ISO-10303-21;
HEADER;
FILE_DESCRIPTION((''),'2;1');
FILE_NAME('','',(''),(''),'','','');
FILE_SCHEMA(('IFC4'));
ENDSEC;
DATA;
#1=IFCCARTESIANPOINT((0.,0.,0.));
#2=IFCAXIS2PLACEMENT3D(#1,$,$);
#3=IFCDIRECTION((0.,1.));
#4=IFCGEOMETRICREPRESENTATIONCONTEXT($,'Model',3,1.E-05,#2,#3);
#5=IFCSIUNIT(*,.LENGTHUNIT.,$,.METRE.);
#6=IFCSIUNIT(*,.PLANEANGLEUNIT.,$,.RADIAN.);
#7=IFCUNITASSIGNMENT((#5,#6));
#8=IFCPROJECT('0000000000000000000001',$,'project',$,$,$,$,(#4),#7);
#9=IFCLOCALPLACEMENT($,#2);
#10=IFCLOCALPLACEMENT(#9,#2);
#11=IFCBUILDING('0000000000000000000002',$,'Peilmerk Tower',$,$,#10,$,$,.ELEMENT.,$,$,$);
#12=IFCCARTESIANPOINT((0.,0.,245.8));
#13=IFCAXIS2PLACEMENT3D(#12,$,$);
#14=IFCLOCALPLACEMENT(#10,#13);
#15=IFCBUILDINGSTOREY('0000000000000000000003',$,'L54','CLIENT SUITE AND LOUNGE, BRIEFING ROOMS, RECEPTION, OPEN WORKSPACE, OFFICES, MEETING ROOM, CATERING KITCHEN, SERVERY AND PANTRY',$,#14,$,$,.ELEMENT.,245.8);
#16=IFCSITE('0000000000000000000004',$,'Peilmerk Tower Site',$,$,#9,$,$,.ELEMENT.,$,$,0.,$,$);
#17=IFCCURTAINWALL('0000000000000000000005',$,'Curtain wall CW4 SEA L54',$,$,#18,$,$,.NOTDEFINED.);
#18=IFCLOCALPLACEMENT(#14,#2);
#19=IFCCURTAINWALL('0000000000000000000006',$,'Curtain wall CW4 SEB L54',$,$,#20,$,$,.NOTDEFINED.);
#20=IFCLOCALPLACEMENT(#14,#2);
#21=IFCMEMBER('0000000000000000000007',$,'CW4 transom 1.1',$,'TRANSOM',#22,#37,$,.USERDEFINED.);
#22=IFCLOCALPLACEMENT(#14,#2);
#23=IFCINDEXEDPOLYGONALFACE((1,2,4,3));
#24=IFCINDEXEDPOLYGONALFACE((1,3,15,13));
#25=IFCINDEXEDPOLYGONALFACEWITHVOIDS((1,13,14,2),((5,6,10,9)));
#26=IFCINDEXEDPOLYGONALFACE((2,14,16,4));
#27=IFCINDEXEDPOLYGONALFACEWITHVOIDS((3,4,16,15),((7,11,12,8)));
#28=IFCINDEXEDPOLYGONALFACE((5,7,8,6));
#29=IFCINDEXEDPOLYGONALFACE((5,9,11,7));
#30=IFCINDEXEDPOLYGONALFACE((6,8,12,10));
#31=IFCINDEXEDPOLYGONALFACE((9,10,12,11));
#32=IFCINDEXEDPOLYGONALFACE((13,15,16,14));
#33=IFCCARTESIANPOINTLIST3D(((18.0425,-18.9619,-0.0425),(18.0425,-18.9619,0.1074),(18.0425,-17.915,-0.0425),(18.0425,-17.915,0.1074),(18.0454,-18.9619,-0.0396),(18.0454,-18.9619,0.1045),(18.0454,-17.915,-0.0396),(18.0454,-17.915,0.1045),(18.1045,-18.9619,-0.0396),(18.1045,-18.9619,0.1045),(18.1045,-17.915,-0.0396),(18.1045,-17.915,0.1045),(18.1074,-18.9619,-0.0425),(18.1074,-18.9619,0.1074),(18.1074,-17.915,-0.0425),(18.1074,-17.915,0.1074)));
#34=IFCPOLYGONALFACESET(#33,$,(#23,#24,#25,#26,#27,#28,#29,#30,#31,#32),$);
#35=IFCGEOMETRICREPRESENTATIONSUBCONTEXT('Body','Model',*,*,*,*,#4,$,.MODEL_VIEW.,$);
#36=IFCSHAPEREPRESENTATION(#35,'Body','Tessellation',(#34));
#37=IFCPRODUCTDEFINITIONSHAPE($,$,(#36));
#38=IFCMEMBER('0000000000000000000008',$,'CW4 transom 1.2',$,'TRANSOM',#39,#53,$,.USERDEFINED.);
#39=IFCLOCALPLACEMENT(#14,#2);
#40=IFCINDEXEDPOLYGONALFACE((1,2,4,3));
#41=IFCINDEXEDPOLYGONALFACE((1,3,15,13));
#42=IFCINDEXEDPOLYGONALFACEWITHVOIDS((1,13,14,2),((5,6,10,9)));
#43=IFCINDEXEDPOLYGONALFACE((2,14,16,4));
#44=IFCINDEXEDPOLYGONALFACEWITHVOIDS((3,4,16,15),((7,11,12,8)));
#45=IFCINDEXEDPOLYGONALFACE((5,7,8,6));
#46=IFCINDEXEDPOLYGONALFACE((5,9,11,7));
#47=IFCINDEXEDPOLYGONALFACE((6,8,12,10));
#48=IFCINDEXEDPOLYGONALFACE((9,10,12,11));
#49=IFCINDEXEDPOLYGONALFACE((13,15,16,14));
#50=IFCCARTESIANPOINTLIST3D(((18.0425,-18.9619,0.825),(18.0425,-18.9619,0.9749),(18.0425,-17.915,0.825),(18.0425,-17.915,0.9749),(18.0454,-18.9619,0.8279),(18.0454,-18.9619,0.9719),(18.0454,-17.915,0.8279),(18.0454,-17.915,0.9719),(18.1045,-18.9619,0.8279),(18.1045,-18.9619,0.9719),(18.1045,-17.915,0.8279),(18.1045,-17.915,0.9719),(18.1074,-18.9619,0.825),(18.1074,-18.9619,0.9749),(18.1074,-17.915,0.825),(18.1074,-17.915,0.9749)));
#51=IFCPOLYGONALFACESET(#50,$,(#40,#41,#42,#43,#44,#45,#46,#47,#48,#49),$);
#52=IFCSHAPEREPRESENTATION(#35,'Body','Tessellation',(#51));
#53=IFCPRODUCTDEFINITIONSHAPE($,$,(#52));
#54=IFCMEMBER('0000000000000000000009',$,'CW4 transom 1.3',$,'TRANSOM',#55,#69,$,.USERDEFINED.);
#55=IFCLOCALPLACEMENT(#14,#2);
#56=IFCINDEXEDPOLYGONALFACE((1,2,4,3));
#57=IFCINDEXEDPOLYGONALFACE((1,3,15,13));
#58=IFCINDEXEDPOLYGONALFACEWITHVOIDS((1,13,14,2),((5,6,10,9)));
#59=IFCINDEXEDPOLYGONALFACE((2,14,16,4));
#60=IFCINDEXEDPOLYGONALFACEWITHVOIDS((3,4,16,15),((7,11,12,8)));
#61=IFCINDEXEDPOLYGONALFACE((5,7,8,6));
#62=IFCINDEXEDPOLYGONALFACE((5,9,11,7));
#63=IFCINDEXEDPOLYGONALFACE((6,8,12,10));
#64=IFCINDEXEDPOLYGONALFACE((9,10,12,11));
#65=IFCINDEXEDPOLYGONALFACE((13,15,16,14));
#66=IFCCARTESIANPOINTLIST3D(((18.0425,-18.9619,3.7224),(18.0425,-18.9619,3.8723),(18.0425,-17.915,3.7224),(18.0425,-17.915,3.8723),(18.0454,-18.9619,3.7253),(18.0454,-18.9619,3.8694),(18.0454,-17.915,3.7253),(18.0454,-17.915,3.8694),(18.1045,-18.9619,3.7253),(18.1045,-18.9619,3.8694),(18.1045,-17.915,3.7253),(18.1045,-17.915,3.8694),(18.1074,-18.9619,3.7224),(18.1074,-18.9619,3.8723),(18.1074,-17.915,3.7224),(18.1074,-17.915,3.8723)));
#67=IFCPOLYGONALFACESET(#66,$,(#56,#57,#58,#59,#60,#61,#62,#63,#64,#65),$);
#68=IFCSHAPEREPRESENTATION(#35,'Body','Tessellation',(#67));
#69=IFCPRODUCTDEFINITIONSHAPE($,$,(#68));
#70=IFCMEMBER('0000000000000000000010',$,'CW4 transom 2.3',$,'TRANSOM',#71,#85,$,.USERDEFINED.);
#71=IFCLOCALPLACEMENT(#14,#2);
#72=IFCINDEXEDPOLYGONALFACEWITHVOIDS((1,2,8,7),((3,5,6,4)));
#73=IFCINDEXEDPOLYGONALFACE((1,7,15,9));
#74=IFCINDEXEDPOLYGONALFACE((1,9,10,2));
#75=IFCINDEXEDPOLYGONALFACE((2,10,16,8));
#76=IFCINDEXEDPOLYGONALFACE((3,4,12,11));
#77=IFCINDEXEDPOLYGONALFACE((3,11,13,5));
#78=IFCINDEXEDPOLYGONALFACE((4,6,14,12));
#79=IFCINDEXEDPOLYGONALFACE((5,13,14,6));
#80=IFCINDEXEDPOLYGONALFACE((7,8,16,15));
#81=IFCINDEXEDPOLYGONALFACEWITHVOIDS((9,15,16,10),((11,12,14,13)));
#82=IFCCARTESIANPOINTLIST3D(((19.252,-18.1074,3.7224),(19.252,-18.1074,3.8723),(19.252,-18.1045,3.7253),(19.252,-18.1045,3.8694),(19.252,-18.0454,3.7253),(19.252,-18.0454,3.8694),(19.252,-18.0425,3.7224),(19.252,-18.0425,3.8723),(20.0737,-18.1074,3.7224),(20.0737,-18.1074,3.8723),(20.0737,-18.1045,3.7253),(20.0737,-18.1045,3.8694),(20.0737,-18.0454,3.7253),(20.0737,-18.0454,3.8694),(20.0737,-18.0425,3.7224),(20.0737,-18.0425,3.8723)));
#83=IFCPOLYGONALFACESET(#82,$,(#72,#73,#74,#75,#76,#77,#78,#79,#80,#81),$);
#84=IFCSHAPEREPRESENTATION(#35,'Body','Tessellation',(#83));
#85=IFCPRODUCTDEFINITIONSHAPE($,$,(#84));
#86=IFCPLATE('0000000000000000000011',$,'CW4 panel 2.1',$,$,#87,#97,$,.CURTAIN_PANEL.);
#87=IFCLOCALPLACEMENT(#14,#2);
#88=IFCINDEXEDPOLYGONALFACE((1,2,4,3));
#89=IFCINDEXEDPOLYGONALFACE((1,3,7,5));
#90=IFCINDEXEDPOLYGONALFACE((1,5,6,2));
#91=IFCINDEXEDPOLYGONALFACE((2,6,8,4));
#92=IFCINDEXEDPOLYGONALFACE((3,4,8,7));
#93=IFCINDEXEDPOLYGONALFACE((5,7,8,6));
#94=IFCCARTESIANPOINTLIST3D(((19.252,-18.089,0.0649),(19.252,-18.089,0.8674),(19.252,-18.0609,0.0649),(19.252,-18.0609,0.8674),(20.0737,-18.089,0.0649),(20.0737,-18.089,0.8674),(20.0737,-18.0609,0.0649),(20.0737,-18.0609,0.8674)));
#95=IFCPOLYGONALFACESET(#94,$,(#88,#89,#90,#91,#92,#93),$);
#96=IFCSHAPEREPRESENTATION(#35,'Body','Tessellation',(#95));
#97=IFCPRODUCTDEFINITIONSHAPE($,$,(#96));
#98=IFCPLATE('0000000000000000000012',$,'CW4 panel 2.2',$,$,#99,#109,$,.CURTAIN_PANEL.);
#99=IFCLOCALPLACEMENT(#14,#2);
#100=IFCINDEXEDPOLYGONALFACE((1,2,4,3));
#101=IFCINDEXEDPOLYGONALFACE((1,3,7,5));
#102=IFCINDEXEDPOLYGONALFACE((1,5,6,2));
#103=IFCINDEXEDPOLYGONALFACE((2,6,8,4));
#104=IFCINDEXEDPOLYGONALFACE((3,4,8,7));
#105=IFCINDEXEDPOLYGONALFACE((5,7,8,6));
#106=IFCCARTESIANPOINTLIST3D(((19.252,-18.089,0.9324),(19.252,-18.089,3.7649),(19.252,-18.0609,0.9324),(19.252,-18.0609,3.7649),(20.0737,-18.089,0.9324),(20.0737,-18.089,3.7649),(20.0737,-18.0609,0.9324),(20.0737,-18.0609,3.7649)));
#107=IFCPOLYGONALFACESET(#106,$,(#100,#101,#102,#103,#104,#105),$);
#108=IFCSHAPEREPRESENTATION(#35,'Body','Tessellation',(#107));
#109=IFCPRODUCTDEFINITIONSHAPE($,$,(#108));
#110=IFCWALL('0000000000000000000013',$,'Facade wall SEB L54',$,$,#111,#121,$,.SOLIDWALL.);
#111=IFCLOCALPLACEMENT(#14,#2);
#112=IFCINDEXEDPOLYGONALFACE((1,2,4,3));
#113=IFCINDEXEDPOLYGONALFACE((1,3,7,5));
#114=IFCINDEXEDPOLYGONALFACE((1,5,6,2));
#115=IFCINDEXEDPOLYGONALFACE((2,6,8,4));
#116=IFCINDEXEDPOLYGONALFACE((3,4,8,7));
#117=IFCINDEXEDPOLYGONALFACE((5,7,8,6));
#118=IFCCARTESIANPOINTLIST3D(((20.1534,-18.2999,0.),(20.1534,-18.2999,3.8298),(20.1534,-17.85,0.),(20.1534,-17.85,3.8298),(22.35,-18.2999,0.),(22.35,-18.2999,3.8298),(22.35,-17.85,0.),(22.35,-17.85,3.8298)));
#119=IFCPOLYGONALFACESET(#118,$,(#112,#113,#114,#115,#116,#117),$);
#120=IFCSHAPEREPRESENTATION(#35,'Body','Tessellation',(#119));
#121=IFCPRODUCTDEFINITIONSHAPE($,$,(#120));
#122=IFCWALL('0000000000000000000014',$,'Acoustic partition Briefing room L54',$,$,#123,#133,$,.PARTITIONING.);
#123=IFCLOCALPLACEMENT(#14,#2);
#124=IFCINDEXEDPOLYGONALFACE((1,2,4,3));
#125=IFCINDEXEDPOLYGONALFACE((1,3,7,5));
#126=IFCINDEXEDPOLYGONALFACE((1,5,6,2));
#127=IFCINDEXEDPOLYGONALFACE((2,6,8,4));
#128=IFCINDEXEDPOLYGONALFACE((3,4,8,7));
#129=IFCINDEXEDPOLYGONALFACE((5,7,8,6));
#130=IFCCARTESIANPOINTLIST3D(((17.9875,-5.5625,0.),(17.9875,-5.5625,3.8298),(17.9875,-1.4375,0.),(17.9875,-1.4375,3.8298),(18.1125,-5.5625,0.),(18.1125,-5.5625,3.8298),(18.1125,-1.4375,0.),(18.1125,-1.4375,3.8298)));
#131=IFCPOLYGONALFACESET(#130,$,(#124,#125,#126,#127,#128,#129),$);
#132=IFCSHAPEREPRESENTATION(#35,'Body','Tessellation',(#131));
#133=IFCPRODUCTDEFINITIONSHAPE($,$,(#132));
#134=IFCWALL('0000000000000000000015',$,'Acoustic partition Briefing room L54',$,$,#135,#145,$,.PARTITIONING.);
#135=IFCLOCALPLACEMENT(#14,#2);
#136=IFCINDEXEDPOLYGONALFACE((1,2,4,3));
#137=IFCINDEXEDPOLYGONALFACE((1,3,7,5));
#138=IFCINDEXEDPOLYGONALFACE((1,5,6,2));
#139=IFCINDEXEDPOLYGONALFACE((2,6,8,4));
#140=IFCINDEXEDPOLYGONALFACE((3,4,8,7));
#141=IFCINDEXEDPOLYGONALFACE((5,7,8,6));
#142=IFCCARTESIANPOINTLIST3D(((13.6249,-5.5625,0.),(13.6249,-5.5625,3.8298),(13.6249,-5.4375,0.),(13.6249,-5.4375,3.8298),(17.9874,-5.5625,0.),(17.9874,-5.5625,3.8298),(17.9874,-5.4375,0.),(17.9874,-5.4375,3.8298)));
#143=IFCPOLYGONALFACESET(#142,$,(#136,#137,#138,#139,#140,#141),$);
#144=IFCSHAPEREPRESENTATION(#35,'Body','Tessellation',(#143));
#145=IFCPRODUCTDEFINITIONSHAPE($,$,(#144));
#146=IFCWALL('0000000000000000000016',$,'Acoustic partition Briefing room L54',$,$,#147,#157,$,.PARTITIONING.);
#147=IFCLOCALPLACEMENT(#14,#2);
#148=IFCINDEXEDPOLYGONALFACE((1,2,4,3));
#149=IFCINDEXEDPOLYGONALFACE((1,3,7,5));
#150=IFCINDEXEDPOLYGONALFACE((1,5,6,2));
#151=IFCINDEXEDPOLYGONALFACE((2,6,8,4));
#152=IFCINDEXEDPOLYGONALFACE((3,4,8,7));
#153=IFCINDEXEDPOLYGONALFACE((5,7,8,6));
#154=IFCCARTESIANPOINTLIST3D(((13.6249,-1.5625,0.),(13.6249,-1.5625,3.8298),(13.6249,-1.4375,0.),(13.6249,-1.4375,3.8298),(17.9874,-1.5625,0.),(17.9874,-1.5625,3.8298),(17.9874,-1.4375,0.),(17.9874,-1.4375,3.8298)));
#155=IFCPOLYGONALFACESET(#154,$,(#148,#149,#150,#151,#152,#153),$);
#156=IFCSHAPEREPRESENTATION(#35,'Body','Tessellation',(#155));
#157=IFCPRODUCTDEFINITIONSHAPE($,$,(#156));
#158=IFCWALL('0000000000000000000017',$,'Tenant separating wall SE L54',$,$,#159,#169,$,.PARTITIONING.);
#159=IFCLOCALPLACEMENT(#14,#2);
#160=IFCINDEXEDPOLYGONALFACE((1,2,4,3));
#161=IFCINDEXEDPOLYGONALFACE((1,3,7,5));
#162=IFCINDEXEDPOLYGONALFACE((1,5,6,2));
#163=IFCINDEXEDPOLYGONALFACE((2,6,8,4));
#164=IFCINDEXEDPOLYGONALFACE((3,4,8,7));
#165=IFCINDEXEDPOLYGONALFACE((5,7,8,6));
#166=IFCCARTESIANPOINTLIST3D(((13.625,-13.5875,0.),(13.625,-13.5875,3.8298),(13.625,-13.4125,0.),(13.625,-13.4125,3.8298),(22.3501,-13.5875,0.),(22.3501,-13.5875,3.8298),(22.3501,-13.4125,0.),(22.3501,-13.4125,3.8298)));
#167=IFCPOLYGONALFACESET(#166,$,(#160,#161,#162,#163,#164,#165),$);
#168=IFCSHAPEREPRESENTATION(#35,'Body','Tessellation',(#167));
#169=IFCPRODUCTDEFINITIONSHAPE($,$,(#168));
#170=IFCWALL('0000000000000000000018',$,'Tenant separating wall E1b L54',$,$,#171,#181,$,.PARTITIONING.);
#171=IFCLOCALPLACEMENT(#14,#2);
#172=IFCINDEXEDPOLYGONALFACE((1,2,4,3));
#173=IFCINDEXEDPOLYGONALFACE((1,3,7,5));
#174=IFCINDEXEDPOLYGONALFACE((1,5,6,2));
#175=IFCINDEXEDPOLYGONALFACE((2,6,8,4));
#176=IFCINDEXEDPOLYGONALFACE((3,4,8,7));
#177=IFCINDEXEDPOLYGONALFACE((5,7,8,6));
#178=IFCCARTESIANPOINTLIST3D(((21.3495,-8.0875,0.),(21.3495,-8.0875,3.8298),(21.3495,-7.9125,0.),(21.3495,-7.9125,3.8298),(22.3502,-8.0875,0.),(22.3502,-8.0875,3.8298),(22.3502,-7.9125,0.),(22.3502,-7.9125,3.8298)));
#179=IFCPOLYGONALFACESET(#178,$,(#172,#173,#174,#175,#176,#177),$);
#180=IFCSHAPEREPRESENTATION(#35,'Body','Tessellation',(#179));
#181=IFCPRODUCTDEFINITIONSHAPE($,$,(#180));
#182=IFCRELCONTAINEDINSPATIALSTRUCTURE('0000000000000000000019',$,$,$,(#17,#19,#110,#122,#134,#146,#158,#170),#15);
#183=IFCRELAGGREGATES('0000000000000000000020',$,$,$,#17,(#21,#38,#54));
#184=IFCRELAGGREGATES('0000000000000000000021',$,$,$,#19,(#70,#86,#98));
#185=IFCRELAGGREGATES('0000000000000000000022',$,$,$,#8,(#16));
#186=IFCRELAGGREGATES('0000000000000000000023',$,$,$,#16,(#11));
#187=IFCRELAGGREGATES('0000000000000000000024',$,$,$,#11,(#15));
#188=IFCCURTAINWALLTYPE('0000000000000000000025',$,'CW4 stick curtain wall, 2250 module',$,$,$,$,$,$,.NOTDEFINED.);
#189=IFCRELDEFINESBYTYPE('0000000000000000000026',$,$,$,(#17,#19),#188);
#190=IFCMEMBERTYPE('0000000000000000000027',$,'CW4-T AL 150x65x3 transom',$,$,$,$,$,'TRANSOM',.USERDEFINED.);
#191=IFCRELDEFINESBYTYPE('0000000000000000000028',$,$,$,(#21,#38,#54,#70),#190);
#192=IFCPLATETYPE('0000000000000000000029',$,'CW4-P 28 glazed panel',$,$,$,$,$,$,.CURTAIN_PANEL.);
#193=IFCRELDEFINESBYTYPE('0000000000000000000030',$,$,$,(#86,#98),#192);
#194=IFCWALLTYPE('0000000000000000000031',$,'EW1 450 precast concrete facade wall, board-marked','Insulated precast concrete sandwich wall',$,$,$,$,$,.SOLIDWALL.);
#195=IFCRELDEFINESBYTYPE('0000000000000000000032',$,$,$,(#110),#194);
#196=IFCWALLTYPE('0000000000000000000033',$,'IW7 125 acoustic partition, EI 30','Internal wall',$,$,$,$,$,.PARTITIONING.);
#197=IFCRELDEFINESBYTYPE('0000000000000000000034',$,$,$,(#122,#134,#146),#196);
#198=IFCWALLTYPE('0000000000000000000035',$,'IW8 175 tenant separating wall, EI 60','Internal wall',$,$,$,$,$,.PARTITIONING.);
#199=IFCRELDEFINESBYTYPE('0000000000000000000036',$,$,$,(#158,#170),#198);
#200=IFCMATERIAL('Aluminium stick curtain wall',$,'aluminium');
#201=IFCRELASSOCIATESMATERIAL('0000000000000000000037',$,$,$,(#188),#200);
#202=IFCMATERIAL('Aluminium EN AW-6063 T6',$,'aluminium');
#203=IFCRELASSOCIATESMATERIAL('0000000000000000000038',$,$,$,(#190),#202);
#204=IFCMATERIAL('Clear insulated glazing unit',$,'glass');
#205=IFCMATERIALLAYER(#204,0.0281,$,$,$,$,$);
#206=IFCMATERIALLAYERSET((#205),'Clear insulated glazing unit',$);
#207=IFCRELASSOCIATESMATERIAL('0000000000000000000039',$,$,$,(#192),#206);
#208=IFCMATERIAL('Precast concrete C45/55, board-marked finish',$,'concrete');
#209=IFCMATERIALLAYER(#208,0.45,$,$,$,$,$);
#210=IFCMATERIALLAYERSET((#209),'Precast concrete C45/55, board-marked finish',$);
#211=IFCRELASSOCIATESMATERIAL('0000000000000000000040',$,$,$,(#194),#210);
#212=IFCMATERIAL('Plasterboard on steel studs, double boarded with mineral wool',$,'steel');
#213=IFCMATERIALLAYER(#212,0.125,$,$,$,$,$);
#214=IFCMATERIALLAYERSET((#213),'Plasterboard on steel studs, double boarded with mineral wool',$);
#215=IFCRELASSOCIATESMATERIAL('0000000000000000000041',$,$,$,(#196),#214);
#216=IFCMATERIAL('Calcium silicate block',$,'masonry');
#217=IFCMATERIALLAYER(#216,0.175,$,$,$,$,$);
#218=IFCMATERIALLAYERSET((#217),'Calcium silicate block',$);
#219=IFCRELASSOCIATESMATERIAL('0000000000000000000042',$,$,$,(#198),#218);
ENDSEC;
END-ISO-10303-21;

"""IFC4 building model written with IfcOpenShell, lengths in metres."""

from ifc_helpers import new_model, si_unit, direction, frame, frame_2d, origin, origin_2d, place, context, subcontext, project, spatial, rectangle, hollow_rectangle, extrude, material, layer, layer_set, material_profile, profile_set, type_object, element, aggregate, save


model = new_model("IFC4")

# Units and contexts
model_context = context("Model", 3, precision=1e-05, world=origin(), true_north=direction((0.0, 1.0)))
body_context = subcontext(model_context, "Body", "Model", "MODEL_VIEW")
ifc_project = project(units=[si_unit("LENGTHUNIT", "METRE"), si_unit("PLANEANGLEUNIT", "RADIAN")], contexts=[model_context])

# Site, building, storey
site_placement = place(None, origin())
site = spatial("IfcSite", under=ifc_project, at=site_placement, Name="Peilmerk Tower Site", CompositionType="ELEMENT", RefElevation=0.0)
building_placement = place(site_placement, origin())
building = spatial("IfcBuilding", under=site, at=building_placement, Name="Peilmerk Tower", CompositionType="ELEMENT")
storey_placement = place(building_placement, frame((0.0, 0.0, 245.8)))
storey = spatial("IfcBuildingStorey", under=building, at=storey_placement, Name="L54", Description="CLIENT SUITE AND LOUNGE, BRIEFING ROOMS, RECEPTION, OPEN WORKSPACE, OFFICES, MEETING ROOM, CATERING KITCHEN, SERVERY AND PANTRY", CompositionType="ELEMENT", Elevation=245.8)

# Curtain walls
ifc_material_1 = material(Name="Aluminium stick curtain wall", Category="aluminium")
curtain_wall_type = type_object("IfcCurtainWallType", Name="CW4 stick curtain wall, 2250 module", PredefinedType="NOTDEFINED", material=ifc_material_1)
curtain_wall_1_placement = place(storey_placement, origin())
curtain_wall_1 = element("IfcCurtainWall", 1, at=curtain_wall_1_placement, inside=storey, type_object=curtain_wall_type, Name="Curtain wall CW4 SEA L54", PredefinedType="NOTDEFINED")
ifc_material_2 = material(Name="Aluminium EN AW-6063 T6", Category="aluminium")
curtain_wall_2_placement = place(storey_placement, origin())
curtain_wall_2 = element("IfcCurtainWall", 2, at=curtain_wall_2_placement, inside=storey, type_object=curtain_wall_type, Name="Curtain wall CW4 SEB L54", PredefinedType="NOTDEFINED")

# Members
ifc_material_profile_1 = material_profile(ifc_material_2, hollow_rectangle(XDim=0.0649, YDim=0.1499, WallThickness=0.0029, at=origin_2d()), Name="AL 150x65x3")
ifc_profile_set_1 = profile_set([ifc_material_profile_1], Name="Aluminium EN AW-6063 T6")
member_type_1 = type_object("IfcMemberType", Name="CW4-T AL 150x65x3 transom", ElementType="TRANSOM", PredefinedType="USERDEFINED", material=ifc_profile_set_1)
member_1_placement = place(storey_placement, frame((18.075, -17.915, 0.0325), z_axis=(0.0, -1.0, 0.0), x_axis=(1.0, 0.0, 0.0)))
member_1 = element("IfcMember", 3, at=member_1_placement, type_object=member_type_1, Name="CW4 transom 1.1", ObjectType="TRANSOM", PredefinedType="USERDEFINED", context=body_context, shape_type="SweptSolid", body=[
    extrude(hollow_rectangle(XDim=0.0649, YDim=0.1499, WallThickness=0.0029, at=origin_2d()), origin(), (0.0, 0.0, 1.0), 1.0469),
])
member_2_placement = place(storey_placement, frame((18.075, -17.915, 0.8999), z_axis=(0.0, -1.0, 0.0), x_axis=(1.0, 0.0, 0.0)))
member_2 = element("IfcMember", 4, at=member_2_placement, type_object=member_type_1, Name="CW4 transom 1.2", ObjectType="TRANSOM", PredefinedType="USERDEFINED", context=body_context, shape_type="SweptSolid", body=[
    extrude(hollow_rectangle(XDim=0.0649, YDim=0.1499, WallThickness=0.0029, at=origin_2d()), origin(), (0.0, 0.0, 1.0), 1.0469),
])
member_3_placement = place(storey_placement, frame((18.075, -17.915, 3.7974), z_axis=(0.0, -1.0, 0.0), x_axis=(1.0, 0.0, 0.0)))
member_3 = element("IfcMember", 5, at=member_3_placement, type_object=member_type_1, Name="CW4 transom 1.3", ObjectType="TRANSOM", PredefinedType="USERDEFINED", context=body_context, shape_type="SweptSolid", body=[
    extrude(hollow_rectangle(XDim=0.0649, YDim=0.1499, WallThickness=0.0029, at=origin_2d()), origin(), (0.0, 0.0, 1.0), 1.0469),
])
aggregate(curtain_wall_1, [member_1, member_2, member_3])
member_4_placement = place(storey_placement, frame((19.252, -18.075, 3.7974), z_axis=(1.0, 0.0, 0.0), x_axis=(0.0, 1.0, 0.0)))
member_4 = element("IfcMember", 6, at=member_4_placement, type_object=member_type_1, Name="CW4 transom 2.3", ObjectType="TRANSOM", PredefinedType="USERDEFINED", context=body_context, shape_type="SweptSolid", body=[
    extrude(hollow_rectangle(XDim=0.0649, YDim=0.1499, WallThickness=0.0029, at=origin_2d()), origin(), (0.0, 0.0, 1.0), 0.8218),
])

# Plates
ifc_material_3 = material(Name="Clear insulated glazing unit", Category="glass")
ifc_layer_1 = layer(ifc_material_3, 0.0281)
ifc_layer_set_1 = layer_set([ifc_layer_1], Name="Clear insulated glazing unit")
plate_type = type_object("IfcPlateType", Name="CW4-P 28 glazed panel", PredefinedType="CURTAIN_PANEL", material=ifc_layer_set_1)
plate_1_placement = place(storey_placement, frame((19.6628, -18.075, 0.0649), z_axis=(0.0, 0.0, 1.0), x_axis=(1.0, 0.0, 0.0)))
plate_1 = element("IfcPlate", 7, at=plate_1_placement, type_object=plate_type, Name="CW4 panel 2.1", PredefinedType="CURTAIN_PANEL", context=body_context, shape_type="SweptSolid", body=[
    extrude(rectangle(XDim=0.8218, YDim=0.0281, at=origin_2d()), origin(), (0.0, 0.0, 1.0), 0.8025),
])
plate_2_placement = place(storey_placement, frame((19.6628, -18.075, 0.9324), z_axis=(0.0, 0.0, 1.0), x_axis=(1.0, 0.0, 0.0)))
plate_2 = element("IfcPlate", 8, at=plate_2_placement, type_object=plate_type, Name="CW4 panel 2.2", PredefinedType="CURTAIN_PANEL", context=body_context, shape_type="SweptSolid", body=[
    extrude(rectangle(XDim=0.8218, YDim=0.0281, at=origin_2d()), origin(), (0.0, 0.0, 1.0), 2.8325),
])
aggregate(curtain_wall_2, [member_4, plate_1, plate_2])

# Walls
ifc_material_4 = material(Name="Precast concrete C45/55, board-marked finish", Category="concrete")
ifc_layer_2 = layer(ifc_material_4, 0.45)
ifc_layer_set_2 = layer_set([ifc_layer_2], Name="Precast concrete C45/55, board-marked finish")
wall_type_1 = type_object("IfcWallType", Name="EW1 450 precast concrete facade wall, board-marked", Description="Insulated precast concrete sandwich wall", PredefinedType="SOLIDWALL", material=ifc_layer_set_2)
wall_1_placement = place(storey_placement, frame((20.1536, -18.075, 0.0), z_axis=(0.0, 0.0, 1.0), x_axis=(1.0, 0.0, 0.0)))
element("IfcWall", 9, at=wall_1_placement, inside=storey, type_object=wall_type_1, Name="Facade wall SEB L54", PredefinedType="SOLIDWALL", context=body_context, shape_type="SweptSolid", body=[
    extrude(rectangle(XDim=2.1965, YDim=0.45, at=frame_2d((1.0981, 0.0))), origin(), (0.0, 0.0, 1.0), 3.8298),
])
ifc_material_5 = material(Name="Plasterboard on steel studs, double boarded with mineral wool", Category="steel")
ifc_layer_3 = layer(ifc_material_5, 0.125)
ifc_layer_set_3 = layer_set([ifc_layer_3], Name="Plasterboard on steel studs, double boarded with mineral wool")
wall_type_2 = type_object("IfcWallType", Name="IW7 125 acoustic partition, EI 30", Description="Internal wall", PredefinedType="PARTITIONING", material=ifc_layer_set_3)
wall_2_placement = place(storey_placement, frame((18.05, -5.5625, 0.0), z_axis=(0.0, 0.0, 1.0), x_axis=(0.0, 1.0, 0.0)))
element("IfcWall", 10, at=wall_2_placement, inside=storey, type_object=wall_type_2, Name="Acoustic partition Briefing room L54", PredefinedType="PARTITIONING", context=body_context, shape_type="SweptSolid", body=[
    extrude(rectangle(XDim=4.125, YDim=0.125, at=frame_2d((2.0625, 0.0))), origin(), (0.0, 0.0, 1.0), 3.8298),
])
for number, where, z_axis, x_axis, name in (
    (11, (13.625, -5.5, 0.0), (0.0, 0.0, 1.0), (1.0, 0.0, 0.0), "Acoustic partition Briefing room L54"),
    (12, (13.625, -1.5, 0.0), (0.0, 0.0, 1.0), (1.0, 0.0, 0.0), "Acoustic partition Briefing room L54"),
):
    element("IfcWall", number, at=place(storey_placement, frame(where, z_axis=z_axis, x_axis=x_axis)), inside=storey, type_object=wall_type_2, Name=name, PredefinedType="PARTITIONING", context=body_context, shape_type="SweptSolid", body=[
        extrude(rectangle(XDim=4.3625, YDim=0.125, at=frame_2d((2.1812, 0.0))), origin(), (0.0, 0.0, 1.0), 3.8298),
    ])
ifc_material_6 = material(Name="Calcium silicate block", Category="masonry")
ifc_layer_4 = layer(ifc_material_6, 0.175)
ifc_layer_set_4 = layer_set([ifc_layer_4], Name="Calcium silicate block")
wall_type_3 = type_object("IfcWallType", Name="IW8 175 tenant separating wall, EI 60", Description="Internal wall", PredefinedType="PARTITIONING", material=ifc_layer_set_4)
wall_3_placement = place(storey_placement, frame((22.3501, -13.5, 0.0), z_axis=(0.0, 0.0, 1.0), x_axis=(-1.0, 0.0, 0.0)))
element("IfcWall", 13, at=wall_3_placement, inside=storey, type_object=wall_type_3, Name="Tenant separating wall SE L54", PredefinedType="PARTITIONING", context=body_context, shape_type="SweptSolid", body=[
    extrude(rectangle(XDim=8.7251, YDim=0.175, at=frame_2d((4.3625, 0.0))), origin(), (0.0, 0.0, 1.0), 3.8298),
])
wall_4_placement = place(storey_placement, frame((21.3494, -8.0, 0.0), z_axis=(0.0, 0.0, 1.0), x_axis=(1.0, 0.0, 0.0)))
element("IfcWall", 14, at=wall_4_placement, inside=storey, type_object=wall_type_3, Name="Tenant separating wall E1b L54", PredefinedType="PARTITIONING", context=body_context, shape_type="SweptSolid", body=[
    extrude(rectangle(XDim=1.0007, YDim=0.175, at=frame_2d((0.5005, 0.0))), origin(), (0.0, 0.0, 1.0), 3.8298),
])

save(model, "model.ifc")
